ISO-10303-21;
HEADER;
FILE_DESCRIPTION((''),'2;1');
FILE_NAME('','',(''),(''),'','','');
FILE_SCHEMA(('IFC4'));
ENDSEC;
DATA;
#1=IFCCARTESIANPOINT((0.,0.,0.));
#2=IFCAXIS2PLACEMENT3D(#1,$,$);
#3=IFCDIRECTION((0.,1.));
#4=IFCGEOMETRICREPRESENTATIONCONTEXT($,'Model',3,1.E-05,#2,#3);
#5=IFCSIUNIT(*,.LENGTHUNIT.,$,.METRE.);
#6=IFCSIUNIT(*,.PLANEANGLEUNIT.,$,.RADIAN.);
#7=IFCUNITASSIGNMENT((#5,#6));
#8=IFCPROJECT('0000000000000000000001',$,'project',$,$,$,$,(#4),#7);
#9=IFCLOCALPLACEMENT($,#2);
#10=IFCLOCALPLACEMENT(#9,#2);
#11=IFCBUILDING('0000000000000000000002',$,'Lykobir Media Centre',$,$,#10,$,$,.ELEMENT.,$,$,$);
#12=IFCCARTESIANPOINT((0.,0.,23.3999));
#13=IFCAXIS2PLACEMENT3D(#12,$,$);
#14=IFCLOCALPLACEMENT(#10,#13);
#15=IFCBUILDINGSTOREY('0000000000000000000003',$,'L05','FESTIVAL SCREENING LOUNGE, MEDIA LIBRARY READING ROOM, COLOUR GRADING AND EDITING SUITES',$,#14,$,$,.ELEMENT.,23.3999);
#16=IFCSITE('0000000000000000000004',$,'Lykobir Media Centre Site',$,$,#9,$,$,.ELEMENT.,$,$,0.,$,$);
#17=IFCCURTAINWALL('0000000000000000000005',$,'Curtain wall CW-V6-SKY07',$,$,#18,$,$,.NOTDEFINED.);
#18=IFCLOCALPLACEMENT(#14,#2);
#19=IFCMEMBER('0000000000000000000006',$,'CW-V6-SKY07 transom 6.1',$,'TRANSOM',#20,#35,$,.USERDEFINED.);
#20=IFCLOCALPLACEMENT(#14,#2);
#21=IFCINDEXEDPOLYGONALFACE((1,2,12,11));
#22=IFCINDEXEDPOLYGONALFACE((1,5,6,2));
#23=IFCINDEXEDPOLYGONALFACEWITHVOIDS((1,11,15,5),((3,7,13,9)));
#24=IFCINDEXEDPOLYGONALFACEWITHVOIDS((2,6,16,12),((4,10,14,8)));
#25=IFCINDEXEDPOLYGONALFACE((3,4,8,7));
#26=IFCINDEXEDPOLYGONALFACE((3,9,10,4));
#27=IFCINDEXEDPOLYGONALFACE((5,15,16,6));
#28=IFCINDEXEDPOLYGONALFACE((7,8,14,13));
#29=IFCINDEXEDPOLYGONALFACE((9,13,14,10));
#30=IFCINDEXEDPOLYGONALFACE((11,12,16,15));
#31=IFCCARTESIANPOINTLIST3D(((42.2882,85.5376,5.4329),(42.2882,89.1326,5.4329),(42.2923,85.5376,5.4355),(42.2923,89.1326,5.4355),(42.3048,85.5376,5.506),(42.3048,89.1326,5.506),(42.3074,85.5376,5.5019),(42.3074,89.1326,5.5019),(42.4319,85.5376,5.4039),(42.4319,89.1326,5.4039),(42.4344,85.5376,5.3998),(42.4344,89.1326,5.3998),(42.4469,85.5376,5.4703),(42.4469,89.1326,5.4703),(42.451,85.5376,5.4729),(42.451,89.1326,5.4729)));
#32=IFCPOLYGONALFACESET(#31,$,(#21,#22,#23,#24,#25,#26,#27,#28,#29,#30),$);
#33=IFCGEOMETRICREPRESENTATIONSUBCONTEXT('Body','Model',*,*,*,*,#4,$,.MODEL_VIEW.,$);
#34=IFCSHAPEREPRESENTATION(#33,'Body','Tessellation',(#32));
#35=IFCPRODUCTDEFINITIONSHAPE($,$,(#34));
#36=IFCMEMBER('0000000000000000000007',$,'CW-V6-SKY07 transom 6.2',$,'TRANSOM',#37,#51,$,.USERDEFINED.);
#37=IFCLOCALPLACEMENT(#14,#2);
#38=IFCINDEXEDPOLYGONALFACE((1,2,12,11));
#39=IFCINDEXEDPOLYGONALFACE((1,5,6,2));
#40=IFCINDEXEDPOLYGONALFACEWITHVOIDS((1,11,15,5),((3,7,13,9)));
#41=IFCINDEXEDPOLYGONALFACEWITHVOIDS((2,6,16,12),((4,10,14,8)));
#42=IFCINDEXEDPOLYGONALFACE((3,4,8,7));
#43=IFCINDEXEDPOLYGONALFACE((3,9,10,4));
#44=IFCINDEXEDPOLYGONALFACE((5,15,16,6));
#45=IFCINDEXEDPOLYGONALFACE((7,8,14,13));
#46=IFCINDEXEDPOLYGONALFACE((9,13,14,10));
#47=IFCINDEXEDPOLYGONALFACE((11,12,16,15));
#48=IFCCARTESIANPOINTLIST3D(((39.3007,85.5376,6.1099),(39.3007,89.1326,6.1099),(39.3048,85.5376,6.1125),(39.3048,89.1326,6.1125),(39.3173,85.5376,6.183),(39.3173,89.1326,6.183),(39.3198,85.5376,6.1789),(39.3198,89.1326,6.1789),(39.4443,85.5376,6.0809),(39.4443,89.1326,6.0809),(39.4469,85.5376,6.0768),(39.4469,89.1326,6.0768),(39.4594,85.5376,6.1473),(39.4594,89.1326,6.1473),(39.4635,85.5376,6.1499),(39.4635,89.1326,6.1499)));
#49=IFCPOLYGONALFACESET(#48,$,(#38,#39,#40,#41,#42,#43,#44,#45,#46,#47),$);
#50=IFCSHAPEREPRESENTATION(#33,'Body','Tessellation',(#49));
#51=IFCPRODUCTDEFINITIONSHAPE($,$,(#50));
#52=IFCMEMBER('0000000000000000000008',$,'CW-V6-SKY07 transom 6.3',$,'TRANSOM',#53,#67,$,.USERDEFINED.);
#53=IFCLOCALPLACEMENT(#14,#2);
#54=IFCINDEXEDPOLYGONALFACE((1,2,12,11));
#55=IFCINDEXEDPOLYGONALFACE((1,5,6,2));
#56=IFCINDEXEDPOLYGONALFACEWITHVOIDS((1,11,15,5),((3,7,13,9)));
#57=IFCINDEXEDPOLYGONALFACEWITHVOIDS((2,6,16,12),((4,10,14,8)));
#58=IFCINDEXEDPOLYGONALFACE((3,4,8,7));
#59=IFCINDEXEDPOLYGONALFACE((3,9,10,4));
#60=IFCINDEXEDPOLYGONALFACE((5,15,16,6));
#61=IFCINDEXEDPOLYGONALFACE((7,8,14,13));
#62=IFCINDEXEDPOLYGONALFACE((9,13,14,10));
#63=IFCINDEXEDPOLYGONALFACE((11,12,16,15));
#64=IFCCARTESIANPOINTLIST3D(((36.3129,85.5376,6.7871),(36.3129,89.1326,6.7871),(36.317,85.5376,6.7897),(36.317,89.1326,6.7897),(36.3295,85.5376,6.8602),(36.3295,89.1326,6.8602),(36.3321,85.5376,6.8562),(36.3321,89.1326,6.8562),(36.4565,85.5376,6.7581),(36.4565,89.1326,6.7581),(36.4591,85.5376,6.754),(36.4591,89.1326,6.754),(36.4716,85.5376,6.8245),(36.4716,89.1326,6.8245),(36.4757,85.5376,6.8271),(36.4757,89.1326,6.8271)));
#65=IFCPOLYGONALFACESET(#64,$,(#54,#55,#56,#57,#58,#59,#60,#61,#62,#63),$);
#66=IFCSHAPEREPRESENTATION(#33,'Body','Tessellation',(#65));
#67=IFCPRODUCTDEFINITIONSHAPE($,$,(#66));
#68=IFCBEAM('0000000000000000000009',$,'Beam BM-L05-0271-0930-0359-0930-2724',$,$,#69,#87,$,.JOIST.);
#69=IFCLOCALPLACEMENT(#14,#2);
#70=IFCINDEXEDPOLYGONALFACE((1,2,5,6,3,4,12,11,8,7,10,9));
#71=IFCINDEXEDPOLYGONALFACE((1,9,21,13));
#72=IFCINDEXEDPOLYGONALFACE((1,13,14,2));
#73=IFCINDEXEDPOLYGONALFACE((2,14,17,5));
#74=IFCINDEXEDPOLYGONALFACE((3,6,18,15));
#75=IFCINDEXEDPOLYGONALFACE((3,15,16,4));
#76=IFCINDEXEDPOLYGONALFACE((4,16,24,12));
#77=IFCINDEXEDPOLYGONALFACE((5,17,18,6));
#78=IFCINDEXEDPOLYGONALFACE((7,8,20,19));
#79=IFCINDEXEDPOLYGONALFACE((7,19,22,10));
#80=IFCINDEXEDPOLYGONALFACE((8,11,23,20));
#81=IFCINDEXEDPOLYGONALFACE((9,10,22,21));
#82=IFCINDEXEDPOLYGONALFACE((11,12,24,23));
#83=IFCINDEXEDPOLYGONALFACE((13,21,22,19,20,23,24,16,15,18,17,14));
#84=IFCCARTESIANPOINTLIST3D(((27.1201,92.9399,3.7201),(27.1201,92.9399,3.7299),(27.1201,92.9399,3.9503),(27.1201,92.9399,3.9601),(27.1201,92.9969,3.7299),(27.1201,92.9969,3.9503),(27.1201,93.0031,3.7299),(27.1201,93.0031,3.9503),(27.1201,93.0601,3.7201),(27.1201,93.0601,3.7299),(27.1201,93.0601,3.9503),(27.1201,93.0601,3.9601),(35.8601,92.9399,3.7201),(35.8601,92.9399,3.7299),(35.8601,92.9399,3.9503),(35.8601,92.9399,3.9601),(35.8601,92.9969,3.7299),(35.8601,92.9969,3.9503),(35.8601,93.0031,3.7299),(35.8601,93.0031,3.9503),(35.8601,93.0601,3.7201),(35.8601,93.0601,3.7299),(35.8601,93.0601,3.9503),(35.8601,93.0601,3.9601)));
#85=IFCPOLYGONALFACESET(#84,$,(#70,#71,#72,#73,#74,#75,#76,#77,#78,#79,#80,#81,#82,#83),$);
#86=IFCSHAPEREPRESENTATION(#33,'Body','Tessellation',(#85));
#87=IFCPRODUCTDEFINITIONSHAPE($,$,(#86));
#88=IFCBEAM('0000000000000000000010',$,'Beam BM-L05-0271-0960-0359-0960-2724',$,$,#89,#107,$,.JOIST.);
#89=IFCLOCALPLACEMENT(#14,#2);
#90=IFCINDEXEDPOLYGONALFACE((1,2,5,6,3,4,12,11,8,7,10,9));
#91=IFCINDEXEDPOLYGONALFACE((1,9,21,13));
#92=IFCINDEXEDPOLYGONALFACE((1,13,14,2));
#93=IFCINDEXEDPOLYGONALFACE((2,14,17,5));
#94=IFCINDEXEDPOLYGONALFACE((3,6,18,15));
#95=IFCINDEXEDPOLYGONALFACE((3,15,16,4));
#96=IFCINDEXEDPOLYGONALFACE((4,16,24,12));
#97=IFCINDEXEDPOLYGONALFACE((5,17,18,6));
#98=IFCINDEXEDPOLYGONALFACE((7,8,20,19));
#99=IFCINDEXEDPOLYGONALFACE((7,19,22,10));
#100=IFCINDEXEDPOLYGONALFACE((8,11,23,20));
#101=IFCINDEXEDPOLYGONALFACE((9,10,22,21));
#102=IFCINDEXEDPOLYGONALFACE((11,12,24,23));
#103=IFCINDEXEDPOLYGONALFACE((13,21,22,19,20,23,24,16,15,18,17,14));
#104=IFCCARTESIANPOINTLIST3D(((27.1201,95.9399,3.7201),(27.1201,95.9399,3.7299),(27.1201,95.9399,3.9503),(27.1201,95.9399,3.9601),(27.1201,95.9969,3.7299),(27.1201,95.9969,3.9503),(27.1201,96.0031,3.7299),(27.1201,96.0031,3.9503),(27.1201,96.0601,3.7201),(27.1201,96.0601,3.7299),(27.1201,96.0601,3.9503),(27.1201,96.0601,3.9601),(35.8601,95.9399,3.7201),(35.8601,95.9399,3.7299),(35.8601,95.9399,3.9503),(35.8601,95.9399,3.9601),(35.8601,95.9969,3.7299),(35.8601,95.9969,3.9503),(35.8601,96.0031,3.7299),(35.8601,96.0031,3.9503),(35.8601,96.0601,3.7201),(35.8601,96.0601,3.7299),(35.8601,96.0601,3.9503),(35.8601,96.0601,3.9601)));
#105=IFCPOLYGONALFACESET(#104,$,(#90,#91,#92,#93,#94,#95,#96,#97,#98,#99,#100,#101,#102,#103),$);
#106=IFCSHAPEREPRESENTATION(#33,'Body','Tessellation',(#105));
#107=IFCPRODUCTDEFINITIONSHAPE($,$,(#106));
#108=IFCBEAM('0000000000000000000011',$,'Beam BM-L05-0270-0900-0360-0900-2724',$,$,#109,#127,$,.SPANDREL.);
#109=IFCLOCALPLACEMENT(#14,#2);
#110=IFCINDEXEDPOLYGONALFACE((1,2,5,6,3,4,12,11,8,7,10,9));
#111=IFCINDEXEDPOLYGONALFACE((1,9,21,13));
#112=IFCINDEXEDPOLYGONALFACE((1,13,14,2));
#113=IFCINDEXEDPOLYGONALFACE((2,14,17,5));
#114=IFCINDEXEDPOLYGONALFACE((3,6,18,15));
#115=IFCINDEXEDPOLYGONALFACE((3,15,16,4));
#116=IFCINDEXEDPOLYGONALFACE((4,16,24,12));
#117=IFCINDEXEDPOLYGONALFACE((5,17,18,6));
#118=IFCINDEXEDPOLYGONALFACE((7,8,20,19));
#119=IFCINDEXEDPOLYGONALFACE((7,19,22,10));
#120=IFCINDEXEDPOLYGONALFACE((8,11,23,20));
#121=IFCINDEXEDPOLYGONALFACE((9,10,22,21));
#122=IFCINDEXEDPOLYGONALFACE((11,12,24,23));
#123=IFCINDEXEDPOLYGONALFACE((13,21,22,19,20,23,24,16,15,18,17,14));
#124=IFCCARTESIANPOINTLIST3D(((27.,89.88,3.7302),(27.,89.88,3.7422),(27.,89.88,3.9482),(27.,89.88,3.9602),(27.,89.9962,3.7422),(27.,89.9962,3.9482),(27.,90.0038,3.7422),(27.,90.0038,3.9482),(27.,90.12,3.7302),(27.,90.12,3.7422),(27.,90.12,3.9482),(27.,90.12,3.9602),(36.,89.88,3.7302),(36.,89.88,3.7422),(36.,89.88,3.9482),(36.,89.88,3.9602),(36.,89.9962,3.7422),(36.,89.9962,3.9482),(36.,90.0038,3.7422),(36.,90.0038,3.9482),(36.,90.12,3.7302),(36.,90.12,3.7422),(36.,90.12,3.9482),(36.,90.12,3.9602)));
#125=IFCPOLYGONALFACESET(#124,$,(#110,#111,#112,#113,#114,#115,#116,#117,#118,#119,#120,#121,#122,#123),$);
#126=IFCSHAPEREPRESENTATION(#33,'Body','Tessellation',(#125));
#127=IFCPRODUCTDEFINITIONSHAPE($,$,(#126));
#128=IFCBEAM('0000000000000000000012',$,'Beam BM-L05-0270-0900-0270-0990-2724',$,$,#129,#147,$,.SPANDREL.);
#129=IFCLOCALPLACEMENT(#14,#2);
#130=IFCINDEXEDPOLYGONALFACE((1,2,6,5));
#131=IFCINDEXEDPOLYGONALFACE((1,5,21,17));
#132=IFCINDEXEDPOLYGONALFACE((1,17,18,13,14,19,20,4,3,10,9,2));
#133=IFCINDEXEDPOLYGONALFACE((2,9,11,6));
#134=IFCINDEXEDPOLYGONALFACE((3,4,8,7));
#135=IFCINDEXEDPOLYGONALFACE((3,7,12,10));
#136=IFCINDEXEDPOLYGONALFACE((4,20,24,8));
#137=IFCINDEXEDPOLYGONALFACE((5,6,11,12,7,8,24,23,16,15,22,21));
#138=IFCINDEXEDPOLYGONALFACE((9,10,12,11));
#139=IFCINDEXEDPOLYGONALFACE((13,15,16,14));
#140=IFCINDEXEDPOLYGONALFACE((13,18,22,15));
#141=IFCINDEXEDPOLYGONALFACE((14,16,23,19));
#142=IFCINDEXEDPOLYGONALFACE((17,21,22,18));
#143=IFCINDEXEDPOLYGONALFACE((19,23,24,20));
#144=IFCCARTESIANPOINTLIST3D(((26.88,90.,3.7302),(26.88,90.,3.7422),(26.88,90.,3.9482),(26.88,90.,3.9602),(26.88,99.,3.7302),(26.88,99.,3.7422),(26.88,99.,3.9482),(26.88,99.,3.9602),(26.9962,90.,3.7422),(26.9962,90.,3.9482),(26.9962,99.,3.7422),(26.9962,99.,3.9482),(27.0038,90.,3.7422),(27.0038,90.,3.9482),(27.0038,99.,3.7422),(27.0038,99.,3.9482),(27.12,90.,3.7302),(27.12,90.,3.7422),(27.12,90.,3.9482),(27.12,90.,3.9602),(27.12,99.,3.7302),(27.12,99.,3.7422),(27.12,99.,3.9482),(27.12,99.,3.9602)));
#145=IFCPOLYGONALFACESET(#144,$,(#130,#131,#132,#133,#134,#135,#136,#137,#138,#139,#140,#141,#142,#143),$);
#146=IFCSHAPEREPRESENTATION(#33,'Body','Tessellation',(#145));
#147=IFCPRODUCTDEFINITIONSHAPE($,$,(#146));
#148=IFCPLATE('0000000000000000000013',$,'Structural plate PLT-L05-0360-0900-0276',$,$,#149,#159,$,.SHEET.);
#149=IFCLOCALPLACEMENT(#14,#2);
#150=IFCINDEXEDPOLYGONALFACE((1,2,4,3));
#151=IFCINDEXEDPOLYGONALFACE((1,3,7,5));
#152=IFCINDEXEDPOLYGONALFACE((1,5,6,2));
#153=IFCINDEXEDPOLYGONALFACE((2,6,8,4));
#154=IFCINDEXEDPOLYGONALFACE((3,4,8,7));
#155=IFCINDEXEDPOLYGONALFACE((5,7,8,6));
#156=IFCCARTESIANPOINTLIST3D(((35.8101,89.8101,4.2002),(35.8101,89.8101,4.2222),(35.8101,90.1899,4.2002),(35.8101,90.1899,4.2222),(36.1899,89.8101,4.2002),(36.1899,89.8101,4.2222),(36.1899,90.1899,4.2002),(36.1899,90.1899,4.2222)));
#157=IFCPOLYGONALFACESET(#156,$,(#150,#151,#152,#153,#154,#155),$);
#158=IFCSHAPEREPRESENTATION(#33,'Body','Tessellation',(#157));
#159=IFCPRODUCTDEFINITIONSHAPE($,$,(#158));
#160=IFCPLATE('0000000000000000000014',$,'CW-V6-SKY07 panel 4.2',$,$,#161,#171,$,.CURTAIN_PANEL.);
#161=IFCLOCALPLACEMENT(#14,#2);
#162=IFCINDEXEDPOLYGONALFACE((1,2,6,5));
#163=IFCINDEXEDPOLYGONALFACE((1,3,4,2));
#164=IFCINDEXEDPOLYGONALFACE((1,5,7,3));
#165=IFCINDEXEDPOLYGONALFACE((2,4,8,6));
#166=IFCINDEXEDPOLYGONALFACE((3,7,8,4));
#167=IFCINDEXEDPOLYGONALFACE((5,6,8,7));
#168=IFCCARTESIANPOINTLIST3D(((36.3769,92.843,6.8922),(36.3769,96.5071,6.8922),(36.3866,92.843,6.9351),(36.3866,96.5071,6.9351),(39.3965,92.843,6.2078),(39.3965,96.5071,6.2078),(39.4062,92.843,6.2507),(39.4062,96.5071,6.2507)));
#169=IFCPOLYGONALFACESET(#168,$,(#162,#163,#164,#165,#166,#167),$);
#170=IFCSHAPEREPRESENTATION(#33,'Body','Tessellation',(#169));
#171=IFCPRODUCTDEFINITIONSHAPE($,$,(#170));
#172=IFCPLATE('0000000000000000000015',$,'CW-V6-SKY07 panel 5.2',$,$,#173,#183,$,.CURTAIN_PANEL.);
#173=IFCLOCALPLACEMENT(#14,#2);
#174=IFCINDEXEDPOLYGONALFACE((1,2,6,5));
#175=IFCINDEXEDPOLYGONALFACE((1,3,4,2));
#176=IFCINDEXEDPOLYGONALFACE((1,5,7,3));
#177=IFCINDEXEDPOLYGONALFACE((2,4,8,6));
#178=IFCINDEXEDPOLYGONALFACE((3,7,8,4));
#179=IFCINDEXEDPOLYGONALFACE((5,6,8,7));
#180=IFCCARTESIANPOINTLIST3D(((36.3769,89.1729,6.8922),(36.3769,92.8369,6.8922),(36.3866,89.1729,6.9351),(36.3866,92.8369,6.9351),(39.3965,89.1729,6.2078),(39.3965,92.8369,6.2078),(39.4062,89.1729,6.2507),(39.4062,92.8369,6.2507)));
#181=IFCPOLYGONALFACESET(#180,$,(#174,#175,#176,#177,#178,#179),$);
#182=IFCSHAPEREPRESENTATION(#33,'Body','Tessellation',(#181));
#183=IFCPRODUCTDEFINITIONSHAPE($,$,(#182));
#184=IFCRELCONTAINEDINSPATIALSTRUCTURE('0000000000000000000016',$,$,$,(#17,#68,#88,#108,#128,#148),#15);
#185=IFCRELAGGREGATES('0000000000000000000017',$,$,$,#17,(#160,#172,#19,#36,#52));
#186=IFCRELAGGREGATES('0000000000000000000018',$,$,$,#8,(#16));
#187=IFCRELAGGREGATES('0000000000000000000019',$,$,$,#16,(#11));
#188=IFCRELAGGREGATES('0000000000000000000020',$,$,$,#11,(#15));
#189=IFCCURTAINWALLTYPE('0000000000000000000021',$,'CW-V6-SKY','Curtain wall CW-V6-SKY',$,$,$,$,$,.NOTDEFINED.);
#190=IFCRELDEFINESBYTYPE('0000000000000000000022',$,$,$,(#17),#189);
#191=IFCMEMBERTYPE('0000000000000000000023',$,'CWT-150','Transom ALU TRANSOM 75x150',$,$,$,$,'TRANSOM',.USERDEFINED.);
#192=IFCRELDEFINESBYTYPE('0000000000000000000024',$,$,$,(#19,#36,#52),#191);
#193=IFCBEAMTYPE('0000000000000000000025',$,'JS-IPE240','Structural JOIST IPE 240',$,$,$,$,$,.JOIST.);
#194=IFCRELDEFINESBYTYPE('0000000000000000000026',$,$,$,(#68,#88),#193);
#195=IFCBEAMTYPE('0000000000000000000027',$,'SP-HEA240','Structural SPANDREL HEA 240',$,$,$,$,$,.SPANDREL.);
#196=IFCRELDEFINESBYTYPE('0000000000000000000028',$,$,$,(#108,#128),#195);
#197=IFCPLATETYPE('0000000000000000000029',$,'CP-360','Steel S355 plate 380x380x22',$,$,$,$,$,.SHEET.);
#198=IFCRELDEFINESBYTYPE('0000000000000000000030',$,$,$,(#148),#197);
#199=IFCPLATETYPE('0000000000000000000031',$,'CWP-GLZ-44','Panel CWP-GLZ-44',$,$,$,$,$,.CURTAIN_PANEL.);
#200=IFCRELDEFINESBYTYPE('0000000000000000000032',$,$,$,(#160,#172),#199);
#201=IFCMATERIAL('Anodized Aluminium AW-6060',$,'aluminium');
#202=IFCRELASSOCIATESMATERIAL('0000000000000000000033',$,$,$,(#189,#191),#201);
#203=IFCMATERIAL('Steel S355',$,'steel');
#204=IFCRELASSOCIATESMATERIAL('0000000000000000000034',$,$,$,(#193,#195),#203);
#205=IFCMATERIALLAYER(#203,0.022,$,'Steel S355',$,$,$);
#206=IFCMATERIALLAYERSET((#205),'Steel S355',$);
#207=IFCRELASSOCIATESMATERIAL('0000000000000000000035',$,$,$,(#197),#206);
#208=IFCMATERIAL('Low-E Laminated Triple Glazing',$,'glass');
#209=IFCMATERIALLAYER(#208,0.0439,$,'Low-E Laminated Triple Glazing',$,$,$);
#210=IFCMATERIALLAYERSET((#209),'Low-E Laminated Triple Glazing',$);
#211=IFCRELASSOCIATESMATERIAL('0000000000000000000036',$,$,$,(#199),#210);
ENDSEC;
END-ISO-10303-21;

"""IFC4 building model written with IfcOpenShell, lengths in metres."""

from ifc_helpers import new_model, si_unit, direction, frame, origin, origin_2d, place, context, subcontext, project, spatial, rectangle, hollow_rectangle, i_section, extrude, material, layer, layer_set, material_profile, profile_set, type_object, element, aggregate, save


model = new_model("IFC4")

# Units and contexts
model_context = context("Model", 3, precision=1e-05, world=origin(), true_north=direction((0.0, 1.0)))
body_context = subcontext(model_context, "Body", "Model", "MODEL_VIEW")
ifc_project = project(units=[si_unit("LENGTHUNIT", "METRE"), si_unit("PLANEANGLEUNIT", "RADIAN")], contexts=[model_context])

# Site, building, storey
site_placement = place(None, origin())
site = spatial("IfcSite", under=ifc_project, at=site_placement, Name="Lykobir Media Centre Site", CompositionType="ELEMENT", RefElevation=0.0)
building_placement = place(site_placement, origin())
building = spatial("IfcBuilding", under=site, at=building_placement, Name="Lykobir Media Centre", CompositionType="ELEMENT")
storey_placement = place(building_placement, frame((0.0, 0.0, 23.3999)))
storey = spatial("IfcBuildingStorey", under=building, at=storey_placement, Name="L05", Description="FESTIVAL SCREENING LOUNGE, MEDIA LIBRARY READING ROOM, COLOUR GRADING AND EDITING SUITES", CompositionType="ELEMENT", Elevation=23.3999)

# Shared definitions
ifc_material_1 = material(Name="Steel S355", Category="steel")

# Curtain wall, members
ifc_material_2 = material(Name="Anodized Aluminium AW-6060", Category="aluminium")
curtain_wall_type = type_object("IfcCurtainWallType", Name="CW-V6-SKY", Description="Curtain wall CW-V6-SKY", PredefinedType="NOTDEFINED", material=ifc_material_2)
curtain_wall_placement = place(storey_placement, origin())
curtain_wall = element("IfcCurtainWall", 1, at=curtain_wall_placement, inside=storey, type_object=curtain_wall_type, Name="Curtain wall CW-V6-SKY07", PredefinedType="NOTDEFINED")
ifc_material_profile_1 = material_profile(ifc_material_2, hollow_rectangle(XDim=0.075, YDim=0.1499, WallThickness=0.0034, at=origin_2d()), Name="ALU TRANSOM 75x150")
ifc_profile_set_1 = profile_set([ifc_material_profile_1], Name="Anodized Aluminium AW-6060")
member_type = type_object("IfcMemberType", Name="CWT-150", Description="Transom ALU TRANSOM 75x150", ElementType="TRANSOM", PredefinedType="USERDEFINED", material=ifc_profile_set_1)
member_1_placement = place(storey_placement, frame((42.3696, 89.1326, 5.4529), z_axis=(0.0, -1.0, 0.0), x_axis=(0.221055, 0.0, 0.975261)))
member_1 = element("IfcMember", 2, at=member_1_placement, type_object=member_type, Name="CW-V6-SKY07 transom 6.1", ObjectType="TRANSOM", PredefinedType="USERDEFINED", context=body_context, shape_type="SweptSolid", body=[
    extrude(hollow_rectangle(XDim=0.075, YDim=0.1499, WallThickness=0.0034, at=origin_2d()), origin(), (0.0, 0.0, 1.0), 3.595),
])
member_2_placement = place(storey_placement, frame((39.3821, 89.1326, 6.1299), z_axis=(0.0, -1.0, 0.0), x_axis=(0.221055, 0.0, 0.975261)))
member_2 = element("IfcMember", 3, at=member_2_placement, type_object=member_type, Name="CW-V6-SKY07 transom 6.2", ObjectType="TRANSOM", PredefinedType="USERDEFINED", context=body_context, shape_type="SweptSolid", body=[
    extrude(hollow_rectangle(XDim=0.075, YDim=0.1499, WallThickness=0.0034, at=origin_2d()), origin(), (0.0, 0.0, 1.0), 3.595),
])
member_3_placement = place(storey_placement, frame((36.3943, 89.1326, 6.8071), z_axis=(0.0, -1.0, 0.0), x_axis=(0.221055, 0.0, 0.975261)))
member_3 = element("IfcMember", 4, at=member_3_placement, type_object=member_type, Name="CW-V6-SKY07 transom 6.3", ObjectType="TRANSOM", PredefinedType="USERDEFINED", context=body_context, shape_type="SweptSolid", body=[
    extrude(hollow_rectangle(XDim=0.075, YDim=0.1499, WallThickness=0.0034, at=origin_2d()), origin(), (0.0, 0.0, 1.0), 3.595),
])

# Beams
ifc_material_profile_2 = material_profile(ifc_material_1, i_section(OverallWidth=0.1201, OverallDepth=0.24, WebThickness=0.0061, FlangeThickness=0.0098, at=origin_2d()), Name="IPE 240")
ifc_profile_set_2 = profile_set([ifc_material_profile_2], Name="Steel S355")
beam_type_1 = type_object("IfcBeamType", Name="JS-IPE240", Description="Structural JOIST IPE 240", PredefinedType="JOIST", material=ifc_profile_set_2)
for number, where, z_axis, x_axis, name in (
    (5, (27.1201, 93.0, 3.8401), (1.0, 0.0, 0.0), (0.0, 1.0, 0.0), "Beam BM-L05-0271-0930-0359-0930-2724"),
    (6, (27.1201, 96.0, 3.8401), (1.0, 0.0, 0.0), (0.0, 1.0, 0.0), "Beam BM-L05-0271-0960-0359-0960-2724"),
):
    element("IfcBeam", number, at=place(storey_placement, frame(where, z_axis=z_axis, x_axis=x_axis)), inside=storey, type_object=beam_type_1, Name=name, PredefinedType="JOIST", context=body_context, shape_type="SweptSolid", body=[
        extrude(i_section(OverallWidth=0.1201, OverallDepth=0.24, WebThickness=0.0061, FlangeThickness=0.0098, at=origin_2d()), origin(), (0.0, 0.0, 1.0), 8.74),
    ])
ifc_material_profile_3 = material_profile(ifc_material_1, i_section(OverallWidth=0.24, OverallDepth=0.23, WebThickness=0.0076, FlangeThickness=0.012, at=origin_2d()), Name="HEA 240")
ifc_profile_set_3 = profile_set([ifc_material_profile_3], Name="Steel S355")
beam_type_2 = type_object("IfcBeamType", Name="SP-HEA240", Description="Structural SPANDREL HEA 240", PredefinedType="SPANDREL", material=ifc_profile_set_3)
for number, where, z_axis, x_axis, name in (
    (7, (27.0, 90.0, 3.8452), (1.0, 0.0, 0.0), (0.0, 1.0, 0.0), "Beam BM-L05-0270-0900-0360-0900-2724"),
    (8, (27.0, 90.0, 3.8452), (0.0, 1.0, 0.0), (-1.0, 0.0, 0.0), "Beam BM-L05-0270-0900-0270-0990-2724"),
):
    element("IfcBeam", number, at=place(storey_placement, frame(where, z_axis=z_axis, x_axis=x_axis)), inside=storey, type_object=beam_type_2, Name=name, PredefinedType="SPANDREL", context=body_context, shape_type="SweptSolid", body=[
        extrude(i_section(OverallWidth=0.24, OverallDepth=0.23, WebThickness=0.0076, FlangeThickness=0.012, at=origin_2d()), origin(), (0.0, 0.0, 1.0), 9.0),
    ])

# Plates
ifc_layer_1 = layer(ifc_material_1, 0.022, Name="Steel S355")
ifc_layer_set_1 = layer_set([ifc_layer_1], Name="Steel S355")
plate_type_1 = type_object("IfcPlateType", Name="CP-360", Description="Steel S355 plate 380x380x22", PredefinedType="SHEET", material=ifc_layer_set_1)
plate_1_placement = place(storey_placement, frame((36.0, 90.0, 4.2002), z_axis=(0.0, 0.0, 1.0), x_axis=(1.0, 0.0, 0.0)))
element("IfcPlate", 9, at=plate_1_placement, inside=storey, type_object=plate_type_1, Name="Structural plate PLT-L05-0360-0900-0276", PredefinedType="SHEET", context=body_context, shape_type="SweptSolid", body=[
    extrude(rectangle(XDim=0.3799, YDim=0.3799, at=origin_2d()), origin(), (0.0, 0.0, 1.0), 0.022),
])
ifc_material_3 = material(Name="Low-E Laminated Triple Glazing", Category="glass")
ifc_layer_2 = layer(ifc_material_3, 0.0439, Name="Low-E Laminated Triple Glazing")
ifc_layer_set_2 = layer_set([ifc_layer_2], Name="Low-E Laminated Triple Glazing")
plate_type_2 = type_object("IfcPlateType", Name="CWP-GLZ-44", Description="Panel CWP-GLZ-44", PredefinedType="CURTAIN_PANEL", material=ifc_layer_set_2)
plate_2_placement = place(storey_placement, frame((39.4014, 94.675, 6.2292), z_axis=(-0.975261, 0.0, 0.221055), x_axis=(0.0, -1.0, 0.0)))
plate_2 = element("IfcPlate", 10, at=plate_2_placement, type_object=plate_type_2, Name="CW-V6-SKY07 panel 4.2", PredefinedType="CURTAIN_PANEL", context=body_context, shape_type="SweptSolid", body=[
    extrude(rectangle(XDim=3.6641, YDim=0.0439, at=origin_2d()), origin(), (0.0, 0.0, 1.0), 3.0962),
])
plate_3_placement = place(storey_placement, frame((39.4014, 91.0049, 6.2292), z_axis=(-0.975261, 0.0, 0.221055), x_axis=(0.0, -1.0, 0.0)))
plate_3 = element("IfcPlate", 11, at=plate_3_placement, type_object=plate_type_2, Name="CW-V6-SKY07 panel 5.2", PredefinedType="CURTAIN_PANEL", context=body_context, shape_type="SweptSolid", body=[
    extrude(rectangle(XDim=3.6641, YDim=0.0439, at=origin_2d()), origin(), (0.0, 0.0, 1.0), 3.0962),
])
aggregate(curtain_wall, [plate_2, plate_3, member_1, member_2, member_3])

save(model, "model.ifc")
